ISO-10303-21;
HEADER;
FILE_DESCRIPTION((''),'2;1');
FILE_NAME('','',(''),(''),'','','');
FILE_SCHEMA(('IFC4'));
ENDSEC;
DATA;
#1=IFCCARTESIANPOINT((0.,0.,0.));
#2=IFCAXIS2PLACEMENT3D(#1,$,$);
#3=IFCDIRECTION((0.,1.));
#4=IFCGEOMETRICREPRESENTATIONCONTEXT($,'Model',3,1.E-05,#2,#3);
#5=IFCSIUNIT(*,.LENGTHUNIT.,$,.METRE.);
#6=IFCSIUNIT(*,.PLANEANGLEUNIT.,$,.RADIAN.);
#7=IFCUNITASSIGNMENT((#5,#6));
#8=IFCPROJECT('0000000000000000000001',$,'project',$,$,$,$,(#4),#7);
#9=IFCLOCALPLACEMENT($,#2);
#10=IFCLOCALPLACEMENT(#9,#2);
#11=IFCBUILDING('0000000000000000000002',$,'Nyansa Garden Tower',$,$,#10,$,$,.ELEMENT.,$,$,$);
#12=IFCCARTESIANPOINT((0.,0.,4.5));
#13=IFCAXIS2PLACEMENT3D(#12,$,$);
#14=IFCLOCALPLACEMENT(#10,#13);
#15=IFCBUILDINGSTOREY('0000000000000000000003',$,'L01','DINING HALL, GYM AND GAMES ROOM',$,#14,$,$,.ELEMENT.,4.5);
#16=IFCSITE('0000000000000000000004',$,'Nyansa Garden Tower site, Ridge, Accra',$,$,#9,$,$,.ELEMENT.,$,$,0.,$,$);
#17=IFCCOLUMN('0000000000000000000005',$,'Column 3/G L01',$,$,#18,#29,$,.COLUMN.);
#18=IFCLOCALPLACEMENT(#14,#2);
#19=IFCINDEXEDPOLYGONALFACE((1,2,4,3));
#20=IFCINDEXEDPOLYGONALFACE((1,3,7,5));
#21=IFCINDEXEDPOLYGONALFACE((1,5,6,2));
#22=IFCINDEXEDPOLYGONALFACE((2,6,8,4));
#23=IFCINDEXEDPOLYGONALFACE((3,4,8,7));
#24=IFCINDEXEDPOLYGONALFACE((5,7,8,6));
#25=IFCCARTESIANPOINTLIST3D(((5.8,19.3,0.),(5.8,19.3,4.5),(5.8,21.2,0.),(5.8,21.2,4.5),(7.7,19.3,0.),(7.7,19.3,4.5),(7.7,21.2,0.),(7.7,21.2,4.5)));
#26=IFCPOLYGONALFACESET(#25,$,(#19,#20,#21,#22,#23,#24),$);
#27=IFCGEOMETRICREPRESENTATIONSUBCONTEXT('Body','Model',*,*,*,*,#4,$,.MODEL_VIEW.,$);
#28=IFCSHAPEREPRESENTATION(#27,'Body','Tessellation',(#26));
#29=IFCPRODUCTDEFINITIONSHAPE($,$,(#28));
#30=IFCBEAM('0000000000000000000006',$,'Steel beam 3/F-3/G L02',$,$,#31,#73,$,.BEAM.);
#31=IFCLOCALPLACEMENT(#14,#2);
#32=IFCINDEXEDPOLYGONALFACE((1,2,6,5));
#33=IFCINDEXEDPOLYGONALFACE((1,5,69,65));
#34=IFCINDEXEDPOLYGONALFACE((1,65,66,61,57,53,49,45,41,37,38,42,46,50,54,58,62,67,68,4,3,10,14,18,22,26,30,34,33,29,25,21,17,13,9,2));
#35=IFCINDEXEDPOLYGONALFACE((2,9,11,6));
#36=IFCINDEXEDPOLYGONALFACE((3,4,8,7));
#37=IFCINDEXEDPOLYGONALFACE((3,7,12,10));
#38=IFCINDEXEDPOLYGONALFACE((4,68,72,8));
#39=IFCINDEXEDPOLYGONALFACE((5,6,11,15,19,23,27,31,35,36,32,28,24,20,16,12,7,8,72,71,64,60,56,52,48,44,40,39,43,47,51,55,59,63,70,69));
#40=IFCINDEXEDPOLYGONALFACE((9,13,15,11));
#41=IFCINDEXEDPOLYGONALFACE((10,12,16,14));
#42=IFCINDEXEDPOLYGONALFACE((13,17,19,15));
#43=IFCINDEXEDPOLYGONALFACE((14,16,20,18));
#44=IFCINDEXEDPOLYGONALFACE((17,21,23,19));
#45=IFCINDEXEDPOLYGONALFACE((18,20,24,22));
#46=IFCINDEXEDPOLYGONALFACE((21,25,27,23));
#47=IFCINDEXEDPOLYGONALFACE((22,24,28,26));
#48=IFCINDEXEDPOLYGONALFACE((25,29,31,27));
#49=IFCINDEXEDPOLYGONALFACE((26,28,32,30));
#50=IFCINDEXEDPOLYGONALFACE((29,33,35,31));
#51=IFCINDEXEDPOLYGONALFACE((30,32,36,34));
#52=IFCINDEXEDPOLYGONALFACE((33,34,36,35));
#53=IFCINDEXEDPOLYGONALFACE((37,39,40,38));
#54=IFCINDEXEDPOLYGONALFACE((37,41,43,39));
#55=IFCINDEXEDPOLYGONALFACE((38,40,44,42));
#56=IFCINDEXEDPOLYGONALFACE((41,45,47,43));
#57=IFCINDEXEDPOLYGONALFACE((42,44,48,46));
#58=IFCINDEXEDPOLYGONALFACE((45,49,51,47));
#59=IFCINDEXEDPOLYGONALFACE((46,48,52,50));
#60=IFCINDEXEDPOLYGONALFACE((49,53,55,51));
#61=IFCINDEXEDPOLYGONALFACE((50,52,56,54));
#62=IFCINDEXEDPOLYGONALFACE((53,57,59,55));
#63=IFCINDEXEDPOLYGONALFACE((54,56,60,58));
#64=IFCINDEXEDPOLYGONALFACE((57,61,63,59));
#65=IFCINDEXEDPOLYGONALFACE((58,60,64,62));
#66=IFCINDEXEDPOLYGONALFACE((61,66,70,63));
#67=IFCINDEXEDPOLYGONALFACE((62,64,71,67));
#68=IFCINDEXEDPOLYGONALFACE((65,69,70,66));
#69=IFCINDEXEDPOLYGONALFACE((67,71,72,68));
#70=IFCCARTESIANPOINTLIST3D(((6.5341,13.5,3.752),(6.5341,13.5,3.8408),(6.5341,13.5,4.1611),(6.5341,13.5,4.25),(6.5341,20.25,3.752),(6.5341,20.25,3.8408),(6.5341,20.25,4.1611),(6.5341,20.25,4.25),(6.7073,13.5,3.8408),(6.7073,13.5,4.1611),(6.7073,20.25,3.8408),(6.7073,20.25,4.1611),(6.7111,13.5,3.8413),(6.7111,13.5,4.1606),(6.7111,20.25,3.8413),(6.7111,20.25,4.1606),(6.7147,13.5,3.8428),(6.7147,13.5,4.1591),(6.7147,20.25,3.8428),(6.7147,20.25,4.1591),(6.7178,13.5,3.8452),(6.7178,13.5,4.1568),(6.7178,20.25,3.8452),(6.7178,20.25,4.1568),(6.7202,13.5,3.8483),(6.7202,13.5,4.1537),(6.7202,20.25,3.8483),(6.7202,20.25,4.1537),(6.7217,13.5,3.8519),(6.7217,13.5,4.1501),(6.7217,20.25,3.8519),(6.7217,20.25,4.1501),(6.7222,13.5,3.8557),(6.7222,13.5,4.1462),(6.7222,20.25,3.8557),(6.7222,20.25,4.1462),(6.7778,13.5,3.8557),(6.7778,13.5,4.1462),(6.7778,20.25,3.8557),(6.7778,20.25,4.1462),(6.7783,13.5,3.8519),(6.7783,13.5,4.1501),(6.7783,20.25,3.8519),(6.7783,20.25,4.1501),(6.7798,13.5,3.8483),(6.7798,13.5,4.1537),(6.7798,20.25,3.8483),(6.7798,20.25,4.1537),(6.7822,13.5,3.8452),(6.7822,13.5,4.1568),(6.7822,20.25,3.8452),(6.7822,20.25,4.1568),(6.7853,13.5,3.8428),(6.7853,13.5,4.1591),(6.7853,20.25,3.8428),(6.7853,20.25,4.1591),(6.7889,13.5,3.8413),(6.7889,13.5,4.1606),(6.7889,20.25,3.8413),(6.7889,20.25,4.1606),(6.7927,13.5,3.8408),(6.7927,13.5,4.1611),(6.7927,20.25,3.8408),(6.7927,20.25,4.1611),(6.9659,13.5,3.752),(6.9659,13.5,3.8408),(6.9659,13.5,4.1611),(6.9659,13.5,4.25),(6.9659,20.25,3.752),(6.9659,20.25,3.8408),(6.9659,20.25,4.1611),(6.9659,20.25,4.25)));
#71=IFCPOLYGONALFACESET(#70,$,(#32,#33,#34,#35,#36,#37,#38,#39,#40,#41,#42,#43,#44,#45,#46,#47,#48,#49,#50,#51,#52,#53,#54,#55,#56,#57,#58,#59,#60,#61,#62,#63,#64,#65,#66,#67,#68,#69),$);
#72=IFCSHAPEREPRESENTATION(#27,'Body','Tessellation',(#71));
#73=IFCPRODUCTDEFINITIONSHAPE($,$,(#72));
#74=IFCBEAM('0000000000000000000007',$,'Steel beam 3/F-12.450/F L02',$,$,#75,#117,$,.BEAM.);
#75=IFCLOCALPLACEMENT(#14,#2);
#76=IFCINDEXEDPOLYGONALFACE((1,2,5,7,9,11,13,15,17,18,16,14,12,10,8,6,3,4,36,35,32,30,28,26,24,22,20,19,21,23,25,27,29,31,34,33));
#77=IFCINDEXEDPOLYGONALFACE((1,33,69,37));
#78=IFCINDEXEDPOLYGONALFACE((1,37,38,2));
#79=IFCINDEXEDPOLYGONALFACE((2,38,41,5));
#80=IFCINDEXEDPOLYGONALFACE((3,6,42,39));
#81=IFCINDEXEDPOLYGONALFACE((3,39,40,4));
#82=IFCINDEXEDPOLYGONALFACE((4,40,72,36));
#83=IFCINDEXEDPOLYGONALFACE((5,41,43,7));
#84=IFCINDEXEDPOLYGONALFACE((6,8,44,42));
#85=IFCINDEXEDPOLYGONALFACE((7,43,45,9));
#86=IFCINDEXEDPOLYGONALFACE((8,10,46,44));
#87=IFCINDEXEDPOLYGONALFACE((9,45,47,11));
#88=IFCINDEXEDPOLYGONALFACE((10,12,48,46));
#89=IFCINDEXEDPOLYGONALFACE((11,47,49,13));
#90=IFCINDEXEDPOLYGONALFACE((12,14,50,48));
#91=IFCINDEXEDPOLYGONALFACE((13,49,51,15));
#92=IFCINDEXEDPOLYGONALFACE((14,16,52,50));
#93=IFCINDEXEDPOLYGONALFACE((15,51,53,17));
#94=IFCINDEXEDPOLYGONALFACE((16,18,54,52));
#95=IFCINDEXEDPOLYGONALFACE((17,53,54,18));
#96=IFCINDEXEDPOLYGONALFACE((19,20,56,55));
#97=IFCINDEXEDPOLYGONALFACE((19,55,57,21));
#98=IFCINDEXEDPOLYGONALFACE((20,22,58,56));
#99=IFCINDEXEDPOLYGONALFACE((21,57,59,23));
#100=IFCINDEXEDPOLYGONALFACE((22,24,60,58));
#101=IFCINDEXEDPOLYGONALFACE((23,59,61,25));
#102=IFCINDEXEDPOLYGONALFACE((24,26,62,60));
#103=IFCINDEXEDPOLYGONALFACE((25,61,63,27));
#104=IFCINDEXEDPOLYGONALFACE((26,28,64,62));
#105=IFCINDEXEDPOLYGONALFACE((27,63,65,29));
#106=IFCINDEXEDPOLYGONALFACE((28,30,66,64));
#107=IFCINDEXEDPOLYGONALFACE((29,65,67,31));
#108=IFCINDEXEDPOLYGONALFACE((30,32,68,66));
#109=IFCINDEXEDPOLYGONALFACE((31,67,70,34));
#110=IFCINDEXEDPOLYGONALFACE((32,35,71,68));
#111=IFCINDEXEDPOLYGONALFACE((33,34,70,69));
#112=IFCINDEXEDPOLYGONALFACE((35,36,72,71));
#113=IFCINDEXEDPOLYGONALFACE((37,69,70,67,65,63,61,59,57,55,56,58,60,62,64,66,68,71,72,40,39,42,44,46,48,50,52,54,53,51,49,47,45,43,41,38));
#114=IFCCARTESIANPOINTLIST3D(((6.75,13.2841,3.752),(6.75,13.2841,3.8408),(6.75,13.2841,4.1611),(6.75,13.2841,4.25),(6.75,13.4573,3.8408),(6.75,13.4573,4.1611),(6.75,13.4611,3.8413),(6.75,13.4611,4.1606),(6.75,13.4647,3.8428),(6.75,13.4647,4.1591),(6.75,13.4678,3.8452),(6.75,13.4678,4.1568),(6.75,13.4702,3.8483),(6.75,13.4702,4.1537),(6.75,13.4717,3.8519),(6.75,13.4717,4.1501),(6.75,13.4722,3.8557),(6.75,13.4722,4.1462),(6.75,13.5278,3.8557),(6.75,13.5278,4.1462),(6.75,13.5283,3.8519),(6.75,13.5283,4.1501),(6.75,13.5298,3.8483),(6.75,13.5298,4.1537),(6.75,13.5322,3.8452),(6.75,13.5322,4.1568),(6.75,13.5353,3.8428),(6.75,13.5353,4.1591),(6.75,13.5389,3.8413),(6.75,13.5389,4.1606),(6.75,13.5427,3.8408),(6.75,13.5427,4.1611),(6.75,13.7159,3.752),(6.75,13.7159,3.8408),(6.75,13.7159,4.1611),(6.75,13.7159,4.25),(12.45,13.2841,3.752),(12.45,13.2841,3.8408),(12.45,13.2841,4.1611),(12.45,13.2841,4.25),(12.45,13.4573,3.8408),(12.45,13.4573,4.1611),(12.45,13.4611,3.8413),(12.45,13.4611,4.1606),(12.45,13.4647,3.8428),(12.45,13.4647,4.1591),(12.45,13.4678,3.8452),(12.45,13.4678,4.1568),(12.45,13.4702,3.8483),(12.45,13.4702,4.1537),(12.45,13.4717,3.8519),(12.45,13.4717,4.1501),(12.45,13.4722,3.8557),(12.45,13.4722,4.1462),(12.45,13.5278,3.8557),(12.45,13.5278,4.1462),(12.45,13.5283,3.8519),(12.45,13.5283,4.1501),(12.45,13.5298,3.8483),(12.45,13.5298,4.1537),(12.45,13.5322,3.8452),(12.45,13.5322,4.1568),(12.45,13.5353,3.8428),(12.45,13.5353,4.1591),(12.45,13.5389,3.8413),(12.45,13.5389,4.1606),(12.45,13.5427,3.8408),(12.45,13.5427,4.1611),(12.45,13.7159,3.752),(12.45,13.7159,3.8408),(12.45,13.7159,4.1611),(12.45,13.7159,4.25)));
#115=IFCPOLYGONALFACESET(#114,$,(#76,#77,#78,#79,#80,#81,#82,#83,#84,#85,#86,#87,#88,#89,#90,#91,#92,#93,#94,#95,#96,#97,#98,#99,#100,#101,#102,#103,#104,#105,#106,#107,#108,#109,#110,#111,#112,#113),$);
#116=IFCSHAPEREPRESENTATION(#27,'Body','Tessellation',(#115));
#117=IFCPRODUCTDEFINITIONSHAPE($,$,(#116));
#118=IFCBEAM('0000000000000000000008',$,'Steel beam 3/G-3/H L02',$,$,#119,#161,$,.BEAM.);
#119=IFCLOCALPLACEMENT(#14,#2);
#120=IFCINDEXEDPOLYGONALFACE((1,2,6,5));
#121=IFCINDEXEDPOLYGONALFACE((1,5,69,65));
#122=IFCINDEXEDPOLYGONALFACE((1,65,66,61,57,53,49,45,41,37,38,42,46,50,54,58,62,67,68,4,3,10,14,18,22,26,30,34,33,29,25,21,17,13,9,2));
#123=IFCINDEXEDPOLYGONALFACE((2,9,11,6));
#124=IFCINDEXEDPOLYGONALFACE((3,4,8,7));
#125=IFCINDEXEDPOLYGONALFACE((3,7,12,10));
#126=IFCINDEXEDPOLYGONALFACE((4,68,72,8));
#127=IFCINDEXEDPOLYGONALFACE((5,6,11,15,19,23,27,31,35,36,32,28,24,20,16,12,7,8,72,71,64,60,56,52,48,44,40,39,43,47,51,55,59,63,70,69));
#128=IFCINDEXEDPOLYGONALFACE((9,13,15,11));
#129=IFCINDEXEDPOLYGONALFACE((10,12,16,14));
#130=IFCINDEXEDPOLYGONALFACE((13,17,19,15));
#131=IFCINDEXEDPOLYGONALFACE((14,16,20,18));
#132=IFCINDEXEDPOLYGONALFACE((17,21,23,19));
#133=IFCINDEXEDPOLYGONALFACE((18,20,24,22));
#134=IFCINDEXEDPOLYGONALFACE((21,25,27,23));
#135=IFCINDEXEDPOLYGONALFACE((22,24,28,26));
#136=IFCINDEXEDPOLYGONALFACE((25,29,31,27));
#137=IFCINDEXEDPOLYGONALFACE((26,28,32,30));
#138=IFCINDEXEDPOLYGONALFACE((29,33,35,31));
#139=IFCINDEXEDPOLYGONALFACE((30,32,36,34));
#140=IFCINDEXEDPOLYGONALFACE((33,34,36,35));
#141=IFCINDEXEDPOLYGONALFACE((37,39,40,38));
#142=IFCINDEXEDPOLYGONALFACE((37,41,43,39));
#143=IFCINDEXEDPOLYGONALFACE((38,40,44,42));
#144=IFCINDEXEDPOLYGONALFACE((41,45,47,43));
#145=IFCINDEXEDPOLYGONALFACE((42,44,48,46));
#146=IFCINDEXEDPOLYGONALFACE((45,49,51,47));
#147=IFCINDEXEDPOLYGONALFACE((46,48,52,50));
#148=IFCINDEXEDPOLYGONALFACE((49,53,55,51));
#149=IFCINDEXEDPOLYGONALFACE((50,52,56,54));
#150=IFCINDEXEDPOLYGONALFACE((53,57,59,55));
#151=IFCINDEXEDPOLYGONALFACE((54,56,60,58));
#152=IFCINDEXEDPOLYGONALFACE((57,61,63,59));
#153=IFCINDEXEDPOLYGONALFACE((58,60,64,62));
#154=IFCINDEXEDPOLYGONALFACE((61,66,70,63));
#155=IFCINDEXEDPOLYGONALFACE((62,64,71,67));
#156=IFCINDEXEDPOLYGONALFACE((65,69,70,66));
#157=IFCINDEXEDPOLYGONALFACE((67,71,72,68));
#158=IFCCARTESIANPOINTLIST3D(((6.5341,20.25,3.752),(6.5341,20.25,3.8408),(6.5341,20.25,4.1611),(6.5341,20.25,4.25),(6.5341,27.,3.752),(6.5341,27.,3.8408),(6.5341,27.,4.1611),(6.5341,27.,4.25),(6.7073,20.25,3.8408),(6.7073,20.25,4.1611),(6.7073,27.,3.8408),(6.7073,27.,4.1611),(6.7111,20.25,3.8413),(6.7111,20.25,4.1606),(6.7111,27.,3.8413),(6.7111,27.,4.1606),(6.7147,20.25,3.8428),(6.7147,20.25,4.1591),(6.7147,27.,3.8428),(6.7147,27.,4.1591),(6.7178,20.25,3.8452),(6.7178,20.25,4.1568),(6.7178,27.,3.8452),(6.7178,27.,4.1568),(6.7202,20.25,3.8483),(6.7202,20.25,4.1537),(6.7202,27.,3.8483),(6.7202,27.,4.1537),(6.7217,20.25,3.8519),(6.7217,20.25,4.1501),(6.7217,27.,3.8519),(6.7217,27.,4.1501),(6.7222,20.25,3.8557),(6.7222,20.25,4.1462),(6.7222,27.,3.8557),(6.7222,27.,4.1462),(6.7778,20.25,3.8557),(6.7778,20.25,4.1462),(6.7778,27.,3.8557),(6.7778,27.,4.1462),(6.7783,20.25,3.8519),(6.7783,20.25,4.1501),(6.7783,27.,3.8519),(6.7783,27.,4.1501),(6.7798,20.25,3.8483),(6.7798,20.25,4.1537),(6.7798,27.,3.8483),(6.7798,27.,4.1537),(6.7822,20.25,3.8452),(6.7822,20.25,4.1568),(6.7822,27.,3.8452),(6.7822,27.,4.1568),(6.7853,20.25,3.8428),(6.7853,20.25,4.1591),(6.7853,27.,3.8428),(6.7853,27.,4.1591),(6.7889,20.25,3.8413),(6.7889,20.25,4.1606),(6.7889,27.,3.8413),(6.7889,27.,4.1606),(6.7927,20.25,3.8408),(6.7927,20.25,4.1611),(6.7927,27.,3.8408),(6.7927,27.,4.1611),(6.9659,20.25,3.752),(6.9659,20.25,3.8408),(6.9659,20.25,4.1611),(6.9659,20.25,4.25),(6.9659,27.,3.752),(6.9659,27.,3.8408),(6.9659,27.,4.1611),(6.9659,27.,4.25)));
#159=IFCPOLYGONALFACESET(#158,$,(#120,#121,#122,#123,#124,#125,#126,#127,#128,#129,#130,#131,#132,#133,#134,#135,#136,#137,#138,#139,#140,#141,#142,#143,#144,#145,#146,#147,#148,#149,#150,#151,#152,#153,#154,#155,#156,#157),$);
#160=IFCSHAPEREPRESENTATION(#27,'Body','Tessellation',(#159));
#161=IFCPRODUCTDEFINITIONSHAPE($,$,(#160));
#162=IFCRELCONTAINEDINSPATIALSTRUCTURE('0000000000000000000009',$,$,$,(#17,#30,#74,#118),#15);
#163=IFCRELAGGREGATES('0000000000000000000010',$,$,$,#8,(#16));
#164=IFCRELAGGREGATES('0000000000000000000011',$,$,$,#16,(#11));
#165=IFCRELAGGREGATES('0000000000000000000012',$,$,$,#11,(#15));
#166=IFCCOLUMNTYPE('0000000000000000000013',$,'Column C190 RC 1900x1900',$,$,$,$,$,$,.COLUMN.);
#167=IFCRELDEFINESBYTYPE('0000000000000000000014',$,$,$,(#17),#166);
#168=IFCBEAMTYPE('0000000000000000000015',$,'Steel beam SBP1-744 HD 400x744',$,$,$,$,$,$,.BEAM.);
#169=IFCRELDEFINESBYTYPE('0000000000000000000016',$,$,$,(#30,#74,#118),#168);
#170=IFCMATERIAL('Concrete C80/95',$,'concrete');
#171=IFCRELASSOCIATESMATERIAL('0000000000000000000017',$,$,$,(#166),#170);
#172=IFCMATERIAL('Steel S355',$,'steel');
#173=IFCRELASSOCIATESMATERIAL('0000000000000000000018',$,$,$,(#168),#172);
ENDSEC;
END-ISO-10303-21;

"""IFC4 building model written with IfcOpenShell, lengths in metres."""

from ifc_helpers import new_model, si_unit, direction, frame, origin, origin_2d, place, context, subcontext, project, spatial, rectangle, i_section, extrude, material, material_profile, profile_set, type_object, element, save


model = new_model("IFC4")

# Units and contexts
model_context = context("Model", 3, precision=1e-05, world=origin(), true_north=direction((0.0, 1.0)))
body_context = subcontext(model_context, "Body", "Model", "MODEL_VIEW")
ifc_project = project(units=[si_unit("LENGTHUNIT", "METRE"), si_unit("PLANEANGLEUNIT", "RADIAN")], contexts=[model_context])

# Site, building, storey
site_placement = place(None, origin())
site = spatial("IfcSite", under=ifc_project, at=site_placement, Name="Nyansa Garden Tower site, Ridge, Accra", CompositionType="ELEMENT", RefElevation=0.0)
building_placement = place(site_placement, origin())
building = spatial("IfcBuilding", under=site, at=building_placement, Name="Nyansa Garden Tower", CompositionType="ELEMENT")
storey_placement = place(building_placement, frame((0.0, 0.0, 4.5)))
storey = spatial("IfcBuildingStorey", under=building, at=storey_placement, Name="L01", Description="DINING HALL, GYM AND GAMES ROOM", CompositionType="ELEMENT", Elevation=4.5)

# Column
ifc_material_1 = material(Name="Concrete C80/95", Category="concrete")
ifc_material_profile_1 = material_profile(ifc_material_1, rectangle(XDim=1.8999, YDim=1.8999, at=origin_2d()), Name="RC 1900x1900")
ifc_profile_set_1 = profile_set([ifc_material_profile_1], Name="Concrete C80/95")
column_type = type_object("IfcColumnType", Name="Column C190 RC 1900x1900", PredefinedType="COLUMN", material=ifc_profile_set_1)
column_placement = place(storey_placement, frame((6.75, 20.25, 0.0), z_axis=(0.0, 0.0, 1.0), x_axis=(1.0, 0.0, 0.0)))
element("IfcColumn", 1, at=column_placement, inside=storey, type_object=column_type, Name="Column 3/G L01", PredefinedType="COLUMN", context=body_context, shape_type="SweptSolid", body=[
    extrude(rectangle(XDim=1.8999, YDim=1.8999, at=origin_2d()), origin(), (0.0, 0.0, 1.0), 4.5),
])

# Beams
ifc_material_2 = material(Name="Steel S355", Category="steel")
ifc_material_profile_2 = material_profile(ifc_material_2, i_section(OverallWidth=0.4319, OverallDepth=0.498, WebThickness=0.0557, FlangeThickness=0.0889, FilletRadius=0.0149, at=origin_2d()), Name="HD 400x744")
ifc_profile_set_2 = profile_set([ifc_material_profile_2], Name="Steel S355")
beam_type_1 = type_object("IfcBeamType", Name="Steel beam SBP1-744 HD 400x744", PredefinedType="BEAM", material=ifc_profile_set_2)
beam_1_placement = place(storey_placement, frame((6.75, 13.5, 4.001), z_axis=(0.0, 1.0, 0.0), x_axis=(-1.0, 0.0, 0.0)))
element("IfcBeam", 2, at=beam_1_placement, inside=storey, type_object=beam_type_1, Name="Steel beam 3/F-3/G L02", PredefinedType="BEAM", context=body_context, shape_type="SweptSolid", body=[
    extrude(i_section(OverallWidth=0.4319, OverallDepth=0.498, WebThickness=0.0557, FlangeThickness=0.0889, FilletRadius=0.0149, at=origin_2d()), origin(), (0.0, 0.0, 1.0), 6.75),
])
beam_2_placement = place(storey_placement, frame((6.75, 13.5, 4.001), z_axis=(1.0, 0.0, 0.0), x_axis=(0.0, 1.0, 0.0)))
element("IfcBeam", 3, at=beam_2_placement, inside=storey, type_object=beam_type_1, Name="Steel beam 3/F-12.450/F L02", PredefinedType="BEAM", context=body_context, shape_type="SweptSolid", body=[
    extrude(i_section(OverallWidth=0.4319, OverallDepth=0.498, WebThickness=0.0557, FlangeThickness=0.0889, FilletRadius=0.0149, at=origin_2d()), origin(), (0.0, 0.0, 1.0), 5.7),
])
beam_3_placement = place(storey_placement, frame((6.75, 20.25, 4.001), z_axis=(0.0, 1.0, 0.0), x_axis=(-1.0, 0.0, 0.0)))
element("IfcBeam", 4, at=beam_3_placement, inside=storey, type_object=beam_type_1, Name="Steel beam 3/G-3/H L02", PredefinedType="BEAM", context=body_context, shape_type="SweptSolid", body=[
    extrude(i_section(OverallWidth=0.4319, OverallDepth=0.498, WebThickness=0.0557, FlangeThickness=0.0889, FilletRadius=0.0149, at=origin_2d()), origin(), (0.0, 0.0, 1.0), 6.75),
])

save(model, "model.ifc")
